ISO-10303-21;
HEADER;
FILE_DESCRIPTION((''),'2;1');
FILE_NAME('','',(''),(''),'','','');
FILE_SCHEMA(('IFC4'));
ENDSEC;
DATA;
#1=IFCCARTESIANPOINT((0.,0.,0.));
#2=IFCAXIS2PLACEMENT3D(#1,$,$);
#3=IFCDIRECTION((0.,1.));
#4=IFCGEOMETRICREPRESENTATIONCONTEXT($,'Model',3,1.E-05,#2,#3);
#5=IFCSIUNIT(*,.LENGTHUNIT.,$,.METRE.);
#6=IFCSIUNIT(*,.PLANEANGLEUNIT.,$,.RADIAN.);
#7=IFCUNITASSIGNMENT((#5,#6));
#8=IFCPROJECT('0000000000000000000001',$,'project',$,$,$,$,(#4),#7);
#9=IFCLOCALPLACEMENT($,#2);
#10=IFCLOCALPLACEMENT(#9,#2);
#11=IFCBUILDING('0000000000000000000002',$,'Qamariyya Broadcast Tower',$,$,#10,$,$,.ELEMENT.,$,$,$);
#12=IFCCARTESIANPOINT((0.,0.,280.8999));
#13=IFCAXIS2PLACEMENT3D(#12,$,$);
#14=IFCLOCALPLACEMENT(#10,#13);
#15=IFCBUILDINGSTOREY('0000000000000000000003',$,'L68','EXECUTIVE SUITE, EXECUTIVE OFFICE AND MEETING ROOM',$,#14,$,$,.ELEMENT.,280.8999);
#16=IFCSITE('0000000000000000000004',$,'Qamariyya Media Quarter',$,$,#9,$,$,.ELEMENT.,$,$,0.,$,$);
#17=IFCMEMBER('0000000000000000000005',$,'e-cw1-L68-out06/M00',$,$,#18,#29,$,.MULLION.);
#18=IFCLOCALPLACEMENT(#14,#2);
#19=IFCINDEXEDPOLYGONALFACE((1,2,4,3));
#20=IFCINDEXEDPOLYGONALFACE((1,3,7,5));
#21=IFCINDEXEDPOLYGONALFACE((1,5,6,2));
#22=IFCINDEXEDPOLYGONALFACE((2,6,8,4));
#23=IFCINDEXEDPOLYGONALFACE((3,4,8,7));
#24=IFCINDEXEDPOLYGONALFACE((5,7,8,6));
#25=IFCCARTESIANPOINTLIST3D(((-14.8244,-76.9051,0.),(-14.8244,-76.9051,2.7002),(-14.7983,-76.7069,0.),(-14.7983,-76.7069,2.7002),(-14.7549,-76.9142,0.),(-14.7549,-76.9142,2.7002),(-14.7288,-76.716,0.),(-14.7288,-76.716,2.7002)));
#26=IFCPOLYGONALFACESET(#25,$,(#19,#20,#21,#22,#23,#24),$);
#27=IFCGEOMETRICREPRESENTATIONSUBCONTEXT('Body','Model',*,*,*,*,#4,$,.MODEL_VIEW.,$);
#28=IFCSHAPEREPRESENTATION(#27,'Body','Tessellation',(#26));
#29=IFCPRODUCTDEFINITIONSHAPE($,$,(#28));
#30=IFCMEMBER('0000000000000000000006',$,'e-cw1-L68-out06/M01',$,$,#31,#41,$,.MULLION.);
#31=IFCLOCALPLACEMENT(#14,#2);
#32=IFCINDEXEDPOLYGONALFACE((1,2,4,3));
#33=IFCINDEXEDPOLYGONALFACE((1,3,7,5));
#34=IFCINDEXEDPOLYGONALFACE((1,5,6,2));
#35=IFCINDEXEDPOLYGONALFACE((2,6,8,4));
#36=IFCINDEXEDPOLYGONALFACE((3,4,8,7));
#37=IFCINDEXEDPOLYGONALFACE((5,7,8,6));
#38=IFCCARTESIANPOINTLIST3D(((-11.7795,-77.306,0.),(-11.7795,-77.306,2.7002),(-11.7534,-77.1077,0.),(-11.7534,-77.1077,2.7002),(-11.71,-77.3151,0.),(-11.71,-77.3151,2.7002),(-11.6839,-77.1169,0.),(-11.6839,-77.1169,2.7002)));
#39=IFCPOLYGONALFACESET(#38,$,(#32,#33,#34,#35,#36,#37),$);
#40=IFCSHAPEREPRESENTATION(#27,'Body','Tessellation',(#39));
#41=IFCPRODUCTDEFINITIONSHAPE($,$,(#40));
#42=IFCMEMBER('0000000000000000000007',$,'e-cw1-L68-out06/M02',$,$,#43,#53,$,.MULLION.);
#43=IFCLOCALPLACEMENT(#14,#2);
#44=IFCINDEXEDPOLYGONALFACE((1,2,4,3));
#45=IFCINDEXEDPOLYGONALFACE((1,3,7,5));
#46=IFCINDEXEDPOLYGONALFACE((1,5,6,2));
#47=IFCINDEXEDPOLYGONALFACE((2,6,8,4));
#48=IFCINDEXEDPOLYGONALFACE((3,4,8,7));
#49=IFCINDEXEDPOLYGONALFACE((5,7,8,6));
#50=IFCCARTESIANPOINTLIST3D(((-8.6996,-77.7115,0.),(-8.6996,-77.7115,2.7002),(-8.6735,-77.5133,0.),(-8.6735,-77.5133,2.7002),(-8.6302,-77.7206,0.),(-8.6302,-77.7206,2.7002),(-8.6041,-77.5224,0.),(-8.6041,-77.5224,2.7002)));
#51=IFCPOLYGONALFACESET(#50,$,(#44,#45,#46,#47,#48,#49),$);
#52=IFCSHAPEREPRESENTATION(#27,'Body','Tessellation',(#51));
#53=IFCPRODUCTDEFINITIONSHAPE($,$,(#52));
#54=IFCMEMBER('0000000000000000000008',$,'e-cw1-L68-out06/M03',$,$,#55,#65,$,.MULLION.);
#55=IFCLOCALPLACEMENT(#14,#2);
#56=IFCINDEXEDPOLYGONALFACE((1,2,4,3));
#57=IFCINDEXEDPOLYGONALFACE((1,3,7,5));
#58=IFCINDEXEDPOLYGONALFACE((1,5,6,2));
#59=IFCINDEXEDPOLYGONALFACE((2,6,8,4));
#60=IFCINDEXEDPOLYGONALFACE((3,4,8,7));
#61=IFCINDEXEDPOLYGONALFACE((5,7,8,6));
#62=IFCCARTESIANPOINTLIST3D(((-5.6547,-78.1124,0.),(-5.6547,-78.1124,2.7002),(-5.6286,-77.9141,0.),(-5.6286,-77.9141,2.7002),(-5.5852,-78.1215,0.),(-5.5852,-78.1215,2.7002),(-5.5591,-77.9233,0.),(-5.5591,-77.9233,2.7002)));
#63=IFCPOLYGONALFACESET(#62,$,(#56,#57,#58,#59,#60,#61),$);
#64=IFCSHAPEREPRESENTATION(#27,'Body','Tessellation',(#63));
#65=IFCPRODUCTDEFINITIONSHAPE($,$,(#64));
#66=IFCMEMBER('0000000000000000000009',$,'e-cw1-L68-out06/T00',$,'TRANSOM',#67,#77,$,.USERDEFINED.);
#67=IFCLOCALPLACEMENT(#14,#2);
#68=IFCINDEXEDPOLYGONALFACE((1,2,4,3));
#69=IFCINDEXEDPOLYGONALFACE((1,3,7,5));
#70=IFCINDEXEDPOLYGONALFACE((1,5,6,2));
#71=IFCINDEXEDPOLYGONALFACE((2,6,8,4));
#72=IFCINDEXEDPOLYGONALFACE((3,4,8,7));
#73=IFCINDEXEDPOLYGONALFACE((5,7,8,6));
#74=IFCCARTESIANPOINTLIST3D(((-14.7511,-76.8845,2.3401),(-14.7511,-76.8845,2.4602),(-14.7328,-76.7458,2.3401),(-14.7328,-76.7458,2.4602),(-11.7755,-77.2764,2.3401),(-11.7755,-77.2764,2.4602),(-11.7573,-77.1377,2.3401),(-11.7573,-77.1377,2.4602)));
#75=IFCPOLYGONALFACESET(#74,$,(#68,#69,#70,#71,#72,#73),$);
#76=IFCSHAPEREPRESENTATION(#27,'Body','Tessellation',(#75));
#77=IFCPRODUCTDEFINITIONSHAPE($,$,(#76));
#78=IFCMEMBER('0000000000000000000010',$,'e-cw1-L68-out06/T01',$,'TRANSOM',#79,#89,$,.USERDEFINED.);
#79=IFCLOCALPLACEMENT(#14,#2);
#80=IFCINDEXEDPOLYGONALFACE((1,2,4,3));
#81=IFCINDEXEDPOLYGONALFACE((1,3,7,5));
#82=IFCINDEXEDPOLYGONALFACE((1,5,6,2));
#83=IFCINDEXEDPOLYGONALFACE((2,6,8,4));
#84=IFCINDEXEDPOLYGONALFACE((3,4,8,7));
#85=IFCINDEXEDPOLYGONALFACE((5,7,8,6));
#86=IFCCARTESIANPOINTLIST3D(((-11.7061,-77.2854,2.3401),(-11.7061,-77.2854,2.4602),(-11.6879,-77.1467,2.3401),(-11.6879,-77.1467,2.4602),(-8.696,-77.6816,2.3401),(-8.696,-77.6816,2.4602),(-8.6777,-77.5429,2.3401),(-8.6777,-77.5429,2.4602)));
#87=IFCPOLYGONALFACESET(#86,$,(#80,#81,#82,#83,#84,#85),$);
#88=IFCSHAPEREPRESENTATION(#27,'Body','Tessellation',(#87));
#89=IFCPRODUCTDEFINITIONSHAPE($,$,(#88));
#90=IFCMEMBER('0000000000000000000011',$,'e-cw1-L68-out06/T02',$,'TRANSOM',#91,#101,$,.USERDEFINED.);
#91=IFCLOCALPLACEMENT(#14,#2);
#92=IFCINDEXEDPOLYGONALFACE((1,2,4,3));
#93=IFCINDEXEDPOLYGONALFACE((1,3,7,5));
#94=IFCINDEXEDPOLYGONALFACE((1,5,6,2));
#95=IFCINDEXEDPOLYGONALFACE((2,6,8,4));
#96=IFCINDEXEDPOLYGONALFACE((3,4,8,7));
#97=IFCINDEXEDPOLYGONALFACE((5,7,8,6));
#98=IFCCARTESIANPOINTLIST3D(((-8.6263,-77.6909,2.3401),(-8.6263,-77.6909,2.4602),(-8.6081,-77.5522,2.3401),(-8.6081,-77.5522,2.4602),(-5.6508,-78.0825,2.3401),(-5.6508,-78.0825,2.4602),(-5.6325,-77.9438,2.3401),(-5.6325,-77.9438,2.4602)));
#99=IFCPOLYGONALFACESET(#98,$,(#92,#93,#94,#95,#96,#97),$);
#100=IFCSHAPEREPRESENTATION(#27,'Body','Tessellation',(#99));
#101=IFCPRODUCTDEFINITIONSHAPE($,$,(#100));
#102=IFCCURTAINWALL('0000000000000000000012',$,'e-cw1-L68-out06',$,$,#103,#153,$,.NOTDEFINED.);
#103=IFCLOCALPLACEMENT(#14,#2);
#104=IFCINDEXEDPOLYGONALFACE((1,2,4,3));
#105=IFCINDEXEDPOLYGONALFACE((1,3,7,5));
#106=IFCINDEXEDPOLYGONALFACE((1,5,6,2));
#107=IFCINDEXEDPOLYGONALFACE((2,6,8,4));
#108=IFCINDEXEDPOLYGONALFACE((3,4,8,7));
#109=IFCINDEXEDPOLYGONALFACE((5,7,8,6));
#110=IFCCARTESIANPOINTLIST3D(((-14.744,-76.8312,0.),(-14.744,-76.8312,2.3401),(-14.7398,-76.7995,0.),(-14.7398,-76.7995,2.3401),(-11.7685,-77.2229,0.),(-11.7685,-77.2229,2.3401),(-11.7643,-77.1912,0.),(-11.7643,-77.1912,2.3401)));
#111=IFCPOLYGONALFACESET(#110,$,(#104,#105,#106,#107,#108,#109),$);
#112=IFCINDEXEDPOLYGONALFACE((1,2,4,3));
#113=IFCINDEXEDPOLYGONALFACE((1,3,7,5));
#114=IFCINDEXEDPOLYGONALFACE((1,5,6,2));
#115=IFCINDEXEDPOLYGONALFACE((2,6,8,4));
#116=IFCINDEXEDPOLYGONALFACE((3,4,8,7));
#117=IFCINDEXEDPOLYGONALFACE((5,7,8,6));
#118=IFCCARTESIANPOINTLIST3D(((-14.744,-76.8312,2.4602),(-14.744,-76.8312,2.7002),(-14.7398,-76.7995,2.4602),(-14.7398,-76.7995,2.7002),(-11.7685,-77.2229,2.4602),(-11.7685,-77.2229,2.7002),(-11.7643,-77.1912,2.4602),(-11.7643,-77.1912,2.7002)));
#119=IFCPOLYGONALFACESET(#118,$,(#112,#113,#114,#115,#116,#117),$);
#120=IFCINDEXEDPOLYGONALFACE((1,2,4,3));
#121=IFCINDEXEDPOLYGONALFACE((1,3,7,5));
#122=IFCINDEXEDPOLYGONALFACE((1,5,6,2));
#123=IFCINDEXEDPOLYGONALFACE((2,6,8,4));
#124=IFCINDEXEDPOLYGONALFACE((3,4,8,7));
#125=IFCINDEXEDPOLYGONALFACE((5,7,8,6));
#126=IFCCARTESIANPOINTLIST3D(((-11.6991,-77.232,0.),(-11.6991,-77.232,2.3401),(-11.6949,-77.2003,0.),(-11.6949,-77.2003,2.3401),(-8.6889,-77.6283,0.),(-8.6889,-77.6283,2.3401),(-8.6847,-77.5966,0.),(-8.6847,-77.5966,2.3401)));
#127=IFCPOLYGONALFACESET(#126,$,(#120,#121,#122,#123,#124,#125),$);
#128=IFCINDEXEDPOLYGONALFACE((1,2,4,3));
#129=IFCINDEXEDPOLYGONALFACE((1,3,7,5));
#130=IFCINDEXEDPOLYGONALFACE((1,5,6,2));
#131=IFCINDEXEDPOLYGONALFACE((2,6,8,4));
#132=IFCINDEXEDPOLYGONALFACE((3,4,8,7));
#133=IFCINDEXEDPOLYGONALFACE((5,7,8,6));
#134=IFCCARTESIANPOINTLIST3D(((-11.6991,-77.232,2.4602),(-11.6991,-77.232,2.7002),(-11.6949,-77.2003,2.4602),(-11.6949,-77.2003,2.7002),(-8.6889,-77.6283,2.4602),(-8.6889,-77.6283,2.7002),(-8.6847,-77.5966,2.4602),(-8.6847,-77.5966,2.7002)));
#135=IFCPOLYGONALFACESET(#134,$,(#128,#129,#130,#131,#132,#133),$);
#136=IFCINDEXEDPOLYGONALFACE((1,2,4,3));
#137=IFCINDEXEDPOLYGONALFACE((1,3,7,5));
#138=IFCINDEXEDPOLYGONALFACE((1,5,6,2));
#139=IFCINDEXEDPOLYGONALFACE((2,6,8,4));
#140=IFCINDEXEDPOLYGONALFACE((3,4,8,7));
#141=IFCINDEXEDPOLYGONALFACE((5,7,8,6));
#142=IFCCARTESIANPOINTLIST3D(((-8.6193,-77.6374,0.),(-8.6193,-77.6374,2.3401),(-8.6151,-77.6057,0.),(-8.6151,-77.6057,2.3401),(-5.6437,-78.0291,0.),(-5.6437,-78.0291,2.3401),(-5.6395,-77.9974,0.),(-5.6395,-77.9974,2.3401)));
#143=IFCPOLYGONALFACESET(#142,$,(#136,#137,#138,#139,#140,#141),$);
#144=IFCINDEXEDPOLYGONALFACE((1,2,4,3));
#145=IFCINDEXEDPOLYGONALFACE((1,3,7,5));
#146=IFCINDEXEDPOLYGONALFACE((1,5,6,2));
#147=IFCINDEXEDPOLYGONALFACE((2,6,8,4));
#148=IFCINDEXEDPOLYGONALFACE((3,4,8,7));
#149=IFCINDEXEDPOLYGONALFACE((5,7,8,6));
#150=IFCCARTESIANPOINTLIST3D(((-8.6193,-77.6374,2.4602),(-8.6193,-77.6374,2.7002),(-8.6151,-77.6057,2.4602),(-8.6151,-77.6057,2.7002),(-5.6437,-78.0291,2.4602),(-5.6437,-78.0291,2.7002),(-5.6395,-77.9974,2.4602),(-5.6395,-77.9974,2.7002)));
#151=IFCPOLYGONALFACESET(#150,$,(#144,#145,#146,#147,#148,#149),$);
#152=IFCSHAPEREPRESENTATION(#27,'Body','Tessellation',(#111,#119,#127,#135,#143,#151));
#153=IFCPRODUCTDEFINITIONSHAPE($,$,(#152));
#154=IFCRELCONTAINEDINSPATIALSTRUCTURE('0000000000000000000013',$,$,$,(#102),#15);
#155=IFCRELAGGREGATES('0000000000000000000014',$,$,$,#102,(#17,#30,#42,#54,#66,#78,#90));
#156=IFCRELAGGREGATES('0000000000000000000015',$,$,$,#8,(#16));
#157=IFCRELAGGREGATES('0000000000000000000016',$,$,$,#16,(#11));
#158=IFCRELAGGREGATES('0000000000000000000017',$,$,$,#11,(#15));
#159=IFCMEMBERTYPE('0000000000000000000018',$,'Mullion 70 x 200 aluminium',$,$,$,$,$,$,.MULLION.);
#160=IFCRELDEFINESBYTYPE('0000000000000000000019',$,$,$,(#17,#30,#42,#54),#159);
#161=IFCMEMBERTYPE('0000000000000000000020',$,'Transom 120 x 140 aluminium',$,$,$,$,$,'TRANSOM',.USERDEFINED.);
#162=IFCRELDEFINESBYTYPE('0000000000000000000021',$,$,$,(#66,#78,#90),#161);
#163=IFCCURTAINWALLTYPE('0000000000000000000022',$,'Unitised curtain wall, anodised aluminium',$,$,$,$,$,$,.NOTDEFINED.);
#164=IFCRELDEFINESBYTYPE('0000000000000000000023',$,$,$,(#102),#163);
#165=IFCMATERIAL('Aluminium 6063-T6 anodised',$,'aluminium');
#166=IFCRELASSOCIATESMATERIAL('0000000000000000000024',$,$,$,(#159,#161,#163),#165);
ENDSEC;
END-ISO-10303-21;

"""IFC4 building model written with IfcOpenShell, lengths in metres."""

from ifc_helpers import new_model, si_unit, direction, frame, origin, origin_2d, place, context, subcontext, project, spatial, rectangle, extrude, material, material_profile, profile_set, type_object, element, aggregate, save


model = new_model("IFC4")

# Units and contexts
model_context = context("Model", 3, precision=1e-05, world=origin(), true_north=direction((0.0, 1.0)))
body_context = subcontext(model_context, "Body", "Model", "MODEL_VIEW")
ifc_project = project(units=[si_unit("LENGTHUNIT", "METRE"), si_unit("PLANEANGLEUNIT", "RADIAN")], contexts=[model_context])

# Members
ifc_material_1 = material(Name="Aluminium 6063-T6 anodised", Category="aluminium")
ifc_material_profile_1 = material_profile(ifc_material_1, rectangle(XDim=0.2, YDim=0.0701, at=origin_2d()))
ifc_profile_set_1 = profile_set([ifc_material_profile_1], Name="Aluminium 6063-T6 anodised")
member_type_1 = type_object("IfcMemberType", Name="Mullion 70 x 200 aluminium", PredefinedType="MULLION", material=ifc_profile_set_1)
site_placement = place(None, origin())
building_placement = place(site_placement, origin())
storey_placement = place(building_placement, frame((0.0, 0.0, 280.8999)))
member_1_placement = place(storey_placement, frame((-14.7766, -76.8105, 0.0), z_axis=(0.0, 0.0, 1.0), x_axis=(0.130526, 0.991445, 0.0)))
member_1 = element("IfcMember", 1, at=member_1_placement, type_object=member_type_1, Name="e-cw1-L68-out06/M00", PredefinedType="MULLION", context=body_context, shape_type="SweptSolid", body=[
    extrude(rectangle(XDim=0.2, YDim=0.0701, at=origin_2d()), origin(), (0.0, 0.0, 1.0), 2.7002),
])
member_2_placement = place(storey_placement, frame((-11.7317, -77.2114, 0.0), z_axis=(0.0, 0.0, 1.0), x_axis=(0.130526, 0.991445, 0.0)))
member_2 = element("IfcMember", 2, at=member_2_placement, type_object=member_type_1, Name="e-cw1-L68-out06/M01", PredefinedType="MULLION", context=body_context, shape_type="SweptSolid", body=[
    extrude(rectangle(XDim=0.2, YDim=0.0701, at=origin_2d()), origin(), (0.0, 0.0, 1.0), 2.7002),
])
member_3_placement = place(storey_placement, frame((-8.6519, -77.6169, 0.0), z_axis=(0.0, 0.0, 1.0), x_axis=(0.130526, 0.991445, 0.0)))
member_3 = element("IfcMember", 3, at=member_3_placement, type_object=member_type_1, Name="e-cw1-L68-out06/M02", PredefinedType="MULLION", context=body_context, shape_type="SweptSolid", body=[
    extrude(rectangle(XDim=0.2, YDim=0.0701, at=origin_2d()), origin(), (0.0, 0.0, 1.0), 2.7002),
])
member_4_placement = place(storey_placement, frame((-5.6069, -78.0178, 0.0), z_axis=(0.0, 0.0, 1.0), x_axis=(0.130526, 0.991445, 0.0)))
member_4 = element("IfcMember", 4, at=member_4_placement, type_object=member_type_1, Name="e-cw1-L68-out06/M03", PredefinedType="MULLION", context=body_context, shape_type="SweptSolid", body=[
    extrude(rectangle(XDim=0.2, YDim=0.0701, at=origin_2d()), origin(), (0.0, 0.0, 1.0), 2.7002),
])
ifc_material_profile_2 = material_profile(ifc_material_1, rectangle(XDim=0.1399, YDim=0.1201, at=origin_2d()))
ifc_profile_set_2 = profile_set([ifc_material_profile_2], Name="Aluminium 6063-T6 anodised")
member_type_2 = type_object("IfcMemberType", Name="Transom 120 x 140 aluminium", ElementType="TRANSOM", PredefinedType="USERDEFINED", material=ifc_profile_set_2)
member_5_placement = place(storey_placement, frame((-14.7419, -76.8152, 2.4001), z_axis=(0.99144, -0.13056, 0.0), x_axis=(0.13056, 0.99144, 0.0)))
member_5 = element("IfcMember", 5, at=member_5_placement, type_object=member_type_2, Name="e-cw1-L68-out06/T00", ObjectType="TRANSOM", PredefinedType="USERDEFINED", context=body_context, shape_type="SweptSolid", body=[
    extrude(rectangle(XDim=0.1399, YDim=0.1201, at=origin_2d()), origin(), (0.0, 0.0, 1.0), 3.0012),
])
member_6_placement = place(storey_placement, frame((-11.697, -77.2161, 2.4001), z_axis=(0.991448, -0.130504, 0.0), x_axis=(0.130504, 0.991448, 0.0)))
member_6 = element("IfcMember", 6, at=member_6_placement, type_object=member_type_2, Name="e-cw1-L68-out06/T01", ObjectType="TRANSOM", PredefinedType="USERDEFINED", context=body_context, shape_type="SweptSolid", body=[
    extrude(rectangle(XDim=0.1399, YDim=0.1201, at=origin_2d()), origin(), (0.0, 0.0, 1.0), 3.0361),
])
member_7_placement = place(storey_placement, frame((-8.6172, -77.6216, 2.4001), z_axis=(0.991451, -0.13048, 0.0), x_axis=(0.13048, 0.991451, 0.0)))
member_7 = element("IfcMember", 7, at=member_7_placement, type_object=member_type_2, Name="e-cw1-L68-out06/T02", ObjectType="TRANSOM", PredefinedType="USERDEFINED", context=body_context, shape_type="SweptSolid", body=[
    extrude(rectangle(XDim=0.1399, YDim=0.1201, at=origin_2d()), origin(), (0.0, 0.0, 1.0), 3.0012),
])

# Site, building, storey
site = spatial("IfcSite", under=ifc_project, at=site_placement, Name="Qamariyya Media Quarter", CompositionType="ELEMENT", RefElevation=0.0)
building = spatial("IfcBuilding", under=site, at=building_placement, Name="Qamariyya Broadcast Tower", CompositionType="ELEMENT")
storey = spatial("IfcBuildingStorey", under=building, at=storey_placement, Name="L68", Description="EXECUTIVE SUITE, EXECUTIVE OFFICE AND MEETING ROOM", CompositionType="ELEMENT", Elevation=280.8999)

# Curtain wall
curtain_wall_type = type_object("IfcCurtainWallType", Name="Unitised curtain wall, anodised aluminium", PredefinedType="NOTDEFINED", material=ifc_material_1)
curtain_wall_1_placement = place(storey_placement, origin())
curtain_wall_1 = element("IfcCurtainWall", 8, at=curtain_wall_1_placement, inside=storey, type_object=curtain_wall_type, Name="e-cw1-L68-out06", PredefinedType="NOTDEFINED", context=body_context, shape_type="SweptSolid", body=[
    extrude(rectangle(XDim=3.0012, YDim=0.032, at=origin_2d()), frame((-13.2542, -77.0112, 0.0), x_axis=(0.991445, -0.130523, 0.0)), (0.0, 0.0, 1.0), 2.3401),
    extrude(rectangle(XDim=3.0012, YDim=0.032, at=origin_2d()), frame((-13.2542, -77.0112, 2.4602), x_axis=(0.991445, -0.130523, 0.0)), (0.0, 0.0, 1.0), 0.24),
    extrude(rectangle(XDim=3.0361, YDim=0.032, at=origin_2d()), frame((-10.1919, -77.4143, 0.0), x_axis=(0.991445, -0.130523, 0.0)), (0.0, 0.0, 1.0), 2.3401),
    extrude(rectangle(XDim=3.0361, YDim=0.032, at=origin_2d()), frame((-10.1919, -77.4143, 2.4602), x_axis=(0.991445, -0.130523, 0.0)), (0.0, 0.0, 1.0), 0.24),
    extrude(rectangle(XDim=3.0012, YDim=0.032, at=origin_2d()), frame((-7.1294, -77.8174, 0.0), x_axis=(0.991445, -0.130523, 0.0)), (0.0, 0.0, 1.0), 2.3401),
    extrude(rectangle(XDim=3.0012, YDim=0.032, at=origin_2d()), frame((-7.1294, -77.8174, 2.4602), x_axis=(0.991445, -0.130523, 0.0)), (0.0, 0.0, 1.0), 0.24),
])
aggregate(curtain_wall_1, [member_1, member_2, member_3, member_4, member_5, member_6, member_7])

save(model, "model.ifc")
